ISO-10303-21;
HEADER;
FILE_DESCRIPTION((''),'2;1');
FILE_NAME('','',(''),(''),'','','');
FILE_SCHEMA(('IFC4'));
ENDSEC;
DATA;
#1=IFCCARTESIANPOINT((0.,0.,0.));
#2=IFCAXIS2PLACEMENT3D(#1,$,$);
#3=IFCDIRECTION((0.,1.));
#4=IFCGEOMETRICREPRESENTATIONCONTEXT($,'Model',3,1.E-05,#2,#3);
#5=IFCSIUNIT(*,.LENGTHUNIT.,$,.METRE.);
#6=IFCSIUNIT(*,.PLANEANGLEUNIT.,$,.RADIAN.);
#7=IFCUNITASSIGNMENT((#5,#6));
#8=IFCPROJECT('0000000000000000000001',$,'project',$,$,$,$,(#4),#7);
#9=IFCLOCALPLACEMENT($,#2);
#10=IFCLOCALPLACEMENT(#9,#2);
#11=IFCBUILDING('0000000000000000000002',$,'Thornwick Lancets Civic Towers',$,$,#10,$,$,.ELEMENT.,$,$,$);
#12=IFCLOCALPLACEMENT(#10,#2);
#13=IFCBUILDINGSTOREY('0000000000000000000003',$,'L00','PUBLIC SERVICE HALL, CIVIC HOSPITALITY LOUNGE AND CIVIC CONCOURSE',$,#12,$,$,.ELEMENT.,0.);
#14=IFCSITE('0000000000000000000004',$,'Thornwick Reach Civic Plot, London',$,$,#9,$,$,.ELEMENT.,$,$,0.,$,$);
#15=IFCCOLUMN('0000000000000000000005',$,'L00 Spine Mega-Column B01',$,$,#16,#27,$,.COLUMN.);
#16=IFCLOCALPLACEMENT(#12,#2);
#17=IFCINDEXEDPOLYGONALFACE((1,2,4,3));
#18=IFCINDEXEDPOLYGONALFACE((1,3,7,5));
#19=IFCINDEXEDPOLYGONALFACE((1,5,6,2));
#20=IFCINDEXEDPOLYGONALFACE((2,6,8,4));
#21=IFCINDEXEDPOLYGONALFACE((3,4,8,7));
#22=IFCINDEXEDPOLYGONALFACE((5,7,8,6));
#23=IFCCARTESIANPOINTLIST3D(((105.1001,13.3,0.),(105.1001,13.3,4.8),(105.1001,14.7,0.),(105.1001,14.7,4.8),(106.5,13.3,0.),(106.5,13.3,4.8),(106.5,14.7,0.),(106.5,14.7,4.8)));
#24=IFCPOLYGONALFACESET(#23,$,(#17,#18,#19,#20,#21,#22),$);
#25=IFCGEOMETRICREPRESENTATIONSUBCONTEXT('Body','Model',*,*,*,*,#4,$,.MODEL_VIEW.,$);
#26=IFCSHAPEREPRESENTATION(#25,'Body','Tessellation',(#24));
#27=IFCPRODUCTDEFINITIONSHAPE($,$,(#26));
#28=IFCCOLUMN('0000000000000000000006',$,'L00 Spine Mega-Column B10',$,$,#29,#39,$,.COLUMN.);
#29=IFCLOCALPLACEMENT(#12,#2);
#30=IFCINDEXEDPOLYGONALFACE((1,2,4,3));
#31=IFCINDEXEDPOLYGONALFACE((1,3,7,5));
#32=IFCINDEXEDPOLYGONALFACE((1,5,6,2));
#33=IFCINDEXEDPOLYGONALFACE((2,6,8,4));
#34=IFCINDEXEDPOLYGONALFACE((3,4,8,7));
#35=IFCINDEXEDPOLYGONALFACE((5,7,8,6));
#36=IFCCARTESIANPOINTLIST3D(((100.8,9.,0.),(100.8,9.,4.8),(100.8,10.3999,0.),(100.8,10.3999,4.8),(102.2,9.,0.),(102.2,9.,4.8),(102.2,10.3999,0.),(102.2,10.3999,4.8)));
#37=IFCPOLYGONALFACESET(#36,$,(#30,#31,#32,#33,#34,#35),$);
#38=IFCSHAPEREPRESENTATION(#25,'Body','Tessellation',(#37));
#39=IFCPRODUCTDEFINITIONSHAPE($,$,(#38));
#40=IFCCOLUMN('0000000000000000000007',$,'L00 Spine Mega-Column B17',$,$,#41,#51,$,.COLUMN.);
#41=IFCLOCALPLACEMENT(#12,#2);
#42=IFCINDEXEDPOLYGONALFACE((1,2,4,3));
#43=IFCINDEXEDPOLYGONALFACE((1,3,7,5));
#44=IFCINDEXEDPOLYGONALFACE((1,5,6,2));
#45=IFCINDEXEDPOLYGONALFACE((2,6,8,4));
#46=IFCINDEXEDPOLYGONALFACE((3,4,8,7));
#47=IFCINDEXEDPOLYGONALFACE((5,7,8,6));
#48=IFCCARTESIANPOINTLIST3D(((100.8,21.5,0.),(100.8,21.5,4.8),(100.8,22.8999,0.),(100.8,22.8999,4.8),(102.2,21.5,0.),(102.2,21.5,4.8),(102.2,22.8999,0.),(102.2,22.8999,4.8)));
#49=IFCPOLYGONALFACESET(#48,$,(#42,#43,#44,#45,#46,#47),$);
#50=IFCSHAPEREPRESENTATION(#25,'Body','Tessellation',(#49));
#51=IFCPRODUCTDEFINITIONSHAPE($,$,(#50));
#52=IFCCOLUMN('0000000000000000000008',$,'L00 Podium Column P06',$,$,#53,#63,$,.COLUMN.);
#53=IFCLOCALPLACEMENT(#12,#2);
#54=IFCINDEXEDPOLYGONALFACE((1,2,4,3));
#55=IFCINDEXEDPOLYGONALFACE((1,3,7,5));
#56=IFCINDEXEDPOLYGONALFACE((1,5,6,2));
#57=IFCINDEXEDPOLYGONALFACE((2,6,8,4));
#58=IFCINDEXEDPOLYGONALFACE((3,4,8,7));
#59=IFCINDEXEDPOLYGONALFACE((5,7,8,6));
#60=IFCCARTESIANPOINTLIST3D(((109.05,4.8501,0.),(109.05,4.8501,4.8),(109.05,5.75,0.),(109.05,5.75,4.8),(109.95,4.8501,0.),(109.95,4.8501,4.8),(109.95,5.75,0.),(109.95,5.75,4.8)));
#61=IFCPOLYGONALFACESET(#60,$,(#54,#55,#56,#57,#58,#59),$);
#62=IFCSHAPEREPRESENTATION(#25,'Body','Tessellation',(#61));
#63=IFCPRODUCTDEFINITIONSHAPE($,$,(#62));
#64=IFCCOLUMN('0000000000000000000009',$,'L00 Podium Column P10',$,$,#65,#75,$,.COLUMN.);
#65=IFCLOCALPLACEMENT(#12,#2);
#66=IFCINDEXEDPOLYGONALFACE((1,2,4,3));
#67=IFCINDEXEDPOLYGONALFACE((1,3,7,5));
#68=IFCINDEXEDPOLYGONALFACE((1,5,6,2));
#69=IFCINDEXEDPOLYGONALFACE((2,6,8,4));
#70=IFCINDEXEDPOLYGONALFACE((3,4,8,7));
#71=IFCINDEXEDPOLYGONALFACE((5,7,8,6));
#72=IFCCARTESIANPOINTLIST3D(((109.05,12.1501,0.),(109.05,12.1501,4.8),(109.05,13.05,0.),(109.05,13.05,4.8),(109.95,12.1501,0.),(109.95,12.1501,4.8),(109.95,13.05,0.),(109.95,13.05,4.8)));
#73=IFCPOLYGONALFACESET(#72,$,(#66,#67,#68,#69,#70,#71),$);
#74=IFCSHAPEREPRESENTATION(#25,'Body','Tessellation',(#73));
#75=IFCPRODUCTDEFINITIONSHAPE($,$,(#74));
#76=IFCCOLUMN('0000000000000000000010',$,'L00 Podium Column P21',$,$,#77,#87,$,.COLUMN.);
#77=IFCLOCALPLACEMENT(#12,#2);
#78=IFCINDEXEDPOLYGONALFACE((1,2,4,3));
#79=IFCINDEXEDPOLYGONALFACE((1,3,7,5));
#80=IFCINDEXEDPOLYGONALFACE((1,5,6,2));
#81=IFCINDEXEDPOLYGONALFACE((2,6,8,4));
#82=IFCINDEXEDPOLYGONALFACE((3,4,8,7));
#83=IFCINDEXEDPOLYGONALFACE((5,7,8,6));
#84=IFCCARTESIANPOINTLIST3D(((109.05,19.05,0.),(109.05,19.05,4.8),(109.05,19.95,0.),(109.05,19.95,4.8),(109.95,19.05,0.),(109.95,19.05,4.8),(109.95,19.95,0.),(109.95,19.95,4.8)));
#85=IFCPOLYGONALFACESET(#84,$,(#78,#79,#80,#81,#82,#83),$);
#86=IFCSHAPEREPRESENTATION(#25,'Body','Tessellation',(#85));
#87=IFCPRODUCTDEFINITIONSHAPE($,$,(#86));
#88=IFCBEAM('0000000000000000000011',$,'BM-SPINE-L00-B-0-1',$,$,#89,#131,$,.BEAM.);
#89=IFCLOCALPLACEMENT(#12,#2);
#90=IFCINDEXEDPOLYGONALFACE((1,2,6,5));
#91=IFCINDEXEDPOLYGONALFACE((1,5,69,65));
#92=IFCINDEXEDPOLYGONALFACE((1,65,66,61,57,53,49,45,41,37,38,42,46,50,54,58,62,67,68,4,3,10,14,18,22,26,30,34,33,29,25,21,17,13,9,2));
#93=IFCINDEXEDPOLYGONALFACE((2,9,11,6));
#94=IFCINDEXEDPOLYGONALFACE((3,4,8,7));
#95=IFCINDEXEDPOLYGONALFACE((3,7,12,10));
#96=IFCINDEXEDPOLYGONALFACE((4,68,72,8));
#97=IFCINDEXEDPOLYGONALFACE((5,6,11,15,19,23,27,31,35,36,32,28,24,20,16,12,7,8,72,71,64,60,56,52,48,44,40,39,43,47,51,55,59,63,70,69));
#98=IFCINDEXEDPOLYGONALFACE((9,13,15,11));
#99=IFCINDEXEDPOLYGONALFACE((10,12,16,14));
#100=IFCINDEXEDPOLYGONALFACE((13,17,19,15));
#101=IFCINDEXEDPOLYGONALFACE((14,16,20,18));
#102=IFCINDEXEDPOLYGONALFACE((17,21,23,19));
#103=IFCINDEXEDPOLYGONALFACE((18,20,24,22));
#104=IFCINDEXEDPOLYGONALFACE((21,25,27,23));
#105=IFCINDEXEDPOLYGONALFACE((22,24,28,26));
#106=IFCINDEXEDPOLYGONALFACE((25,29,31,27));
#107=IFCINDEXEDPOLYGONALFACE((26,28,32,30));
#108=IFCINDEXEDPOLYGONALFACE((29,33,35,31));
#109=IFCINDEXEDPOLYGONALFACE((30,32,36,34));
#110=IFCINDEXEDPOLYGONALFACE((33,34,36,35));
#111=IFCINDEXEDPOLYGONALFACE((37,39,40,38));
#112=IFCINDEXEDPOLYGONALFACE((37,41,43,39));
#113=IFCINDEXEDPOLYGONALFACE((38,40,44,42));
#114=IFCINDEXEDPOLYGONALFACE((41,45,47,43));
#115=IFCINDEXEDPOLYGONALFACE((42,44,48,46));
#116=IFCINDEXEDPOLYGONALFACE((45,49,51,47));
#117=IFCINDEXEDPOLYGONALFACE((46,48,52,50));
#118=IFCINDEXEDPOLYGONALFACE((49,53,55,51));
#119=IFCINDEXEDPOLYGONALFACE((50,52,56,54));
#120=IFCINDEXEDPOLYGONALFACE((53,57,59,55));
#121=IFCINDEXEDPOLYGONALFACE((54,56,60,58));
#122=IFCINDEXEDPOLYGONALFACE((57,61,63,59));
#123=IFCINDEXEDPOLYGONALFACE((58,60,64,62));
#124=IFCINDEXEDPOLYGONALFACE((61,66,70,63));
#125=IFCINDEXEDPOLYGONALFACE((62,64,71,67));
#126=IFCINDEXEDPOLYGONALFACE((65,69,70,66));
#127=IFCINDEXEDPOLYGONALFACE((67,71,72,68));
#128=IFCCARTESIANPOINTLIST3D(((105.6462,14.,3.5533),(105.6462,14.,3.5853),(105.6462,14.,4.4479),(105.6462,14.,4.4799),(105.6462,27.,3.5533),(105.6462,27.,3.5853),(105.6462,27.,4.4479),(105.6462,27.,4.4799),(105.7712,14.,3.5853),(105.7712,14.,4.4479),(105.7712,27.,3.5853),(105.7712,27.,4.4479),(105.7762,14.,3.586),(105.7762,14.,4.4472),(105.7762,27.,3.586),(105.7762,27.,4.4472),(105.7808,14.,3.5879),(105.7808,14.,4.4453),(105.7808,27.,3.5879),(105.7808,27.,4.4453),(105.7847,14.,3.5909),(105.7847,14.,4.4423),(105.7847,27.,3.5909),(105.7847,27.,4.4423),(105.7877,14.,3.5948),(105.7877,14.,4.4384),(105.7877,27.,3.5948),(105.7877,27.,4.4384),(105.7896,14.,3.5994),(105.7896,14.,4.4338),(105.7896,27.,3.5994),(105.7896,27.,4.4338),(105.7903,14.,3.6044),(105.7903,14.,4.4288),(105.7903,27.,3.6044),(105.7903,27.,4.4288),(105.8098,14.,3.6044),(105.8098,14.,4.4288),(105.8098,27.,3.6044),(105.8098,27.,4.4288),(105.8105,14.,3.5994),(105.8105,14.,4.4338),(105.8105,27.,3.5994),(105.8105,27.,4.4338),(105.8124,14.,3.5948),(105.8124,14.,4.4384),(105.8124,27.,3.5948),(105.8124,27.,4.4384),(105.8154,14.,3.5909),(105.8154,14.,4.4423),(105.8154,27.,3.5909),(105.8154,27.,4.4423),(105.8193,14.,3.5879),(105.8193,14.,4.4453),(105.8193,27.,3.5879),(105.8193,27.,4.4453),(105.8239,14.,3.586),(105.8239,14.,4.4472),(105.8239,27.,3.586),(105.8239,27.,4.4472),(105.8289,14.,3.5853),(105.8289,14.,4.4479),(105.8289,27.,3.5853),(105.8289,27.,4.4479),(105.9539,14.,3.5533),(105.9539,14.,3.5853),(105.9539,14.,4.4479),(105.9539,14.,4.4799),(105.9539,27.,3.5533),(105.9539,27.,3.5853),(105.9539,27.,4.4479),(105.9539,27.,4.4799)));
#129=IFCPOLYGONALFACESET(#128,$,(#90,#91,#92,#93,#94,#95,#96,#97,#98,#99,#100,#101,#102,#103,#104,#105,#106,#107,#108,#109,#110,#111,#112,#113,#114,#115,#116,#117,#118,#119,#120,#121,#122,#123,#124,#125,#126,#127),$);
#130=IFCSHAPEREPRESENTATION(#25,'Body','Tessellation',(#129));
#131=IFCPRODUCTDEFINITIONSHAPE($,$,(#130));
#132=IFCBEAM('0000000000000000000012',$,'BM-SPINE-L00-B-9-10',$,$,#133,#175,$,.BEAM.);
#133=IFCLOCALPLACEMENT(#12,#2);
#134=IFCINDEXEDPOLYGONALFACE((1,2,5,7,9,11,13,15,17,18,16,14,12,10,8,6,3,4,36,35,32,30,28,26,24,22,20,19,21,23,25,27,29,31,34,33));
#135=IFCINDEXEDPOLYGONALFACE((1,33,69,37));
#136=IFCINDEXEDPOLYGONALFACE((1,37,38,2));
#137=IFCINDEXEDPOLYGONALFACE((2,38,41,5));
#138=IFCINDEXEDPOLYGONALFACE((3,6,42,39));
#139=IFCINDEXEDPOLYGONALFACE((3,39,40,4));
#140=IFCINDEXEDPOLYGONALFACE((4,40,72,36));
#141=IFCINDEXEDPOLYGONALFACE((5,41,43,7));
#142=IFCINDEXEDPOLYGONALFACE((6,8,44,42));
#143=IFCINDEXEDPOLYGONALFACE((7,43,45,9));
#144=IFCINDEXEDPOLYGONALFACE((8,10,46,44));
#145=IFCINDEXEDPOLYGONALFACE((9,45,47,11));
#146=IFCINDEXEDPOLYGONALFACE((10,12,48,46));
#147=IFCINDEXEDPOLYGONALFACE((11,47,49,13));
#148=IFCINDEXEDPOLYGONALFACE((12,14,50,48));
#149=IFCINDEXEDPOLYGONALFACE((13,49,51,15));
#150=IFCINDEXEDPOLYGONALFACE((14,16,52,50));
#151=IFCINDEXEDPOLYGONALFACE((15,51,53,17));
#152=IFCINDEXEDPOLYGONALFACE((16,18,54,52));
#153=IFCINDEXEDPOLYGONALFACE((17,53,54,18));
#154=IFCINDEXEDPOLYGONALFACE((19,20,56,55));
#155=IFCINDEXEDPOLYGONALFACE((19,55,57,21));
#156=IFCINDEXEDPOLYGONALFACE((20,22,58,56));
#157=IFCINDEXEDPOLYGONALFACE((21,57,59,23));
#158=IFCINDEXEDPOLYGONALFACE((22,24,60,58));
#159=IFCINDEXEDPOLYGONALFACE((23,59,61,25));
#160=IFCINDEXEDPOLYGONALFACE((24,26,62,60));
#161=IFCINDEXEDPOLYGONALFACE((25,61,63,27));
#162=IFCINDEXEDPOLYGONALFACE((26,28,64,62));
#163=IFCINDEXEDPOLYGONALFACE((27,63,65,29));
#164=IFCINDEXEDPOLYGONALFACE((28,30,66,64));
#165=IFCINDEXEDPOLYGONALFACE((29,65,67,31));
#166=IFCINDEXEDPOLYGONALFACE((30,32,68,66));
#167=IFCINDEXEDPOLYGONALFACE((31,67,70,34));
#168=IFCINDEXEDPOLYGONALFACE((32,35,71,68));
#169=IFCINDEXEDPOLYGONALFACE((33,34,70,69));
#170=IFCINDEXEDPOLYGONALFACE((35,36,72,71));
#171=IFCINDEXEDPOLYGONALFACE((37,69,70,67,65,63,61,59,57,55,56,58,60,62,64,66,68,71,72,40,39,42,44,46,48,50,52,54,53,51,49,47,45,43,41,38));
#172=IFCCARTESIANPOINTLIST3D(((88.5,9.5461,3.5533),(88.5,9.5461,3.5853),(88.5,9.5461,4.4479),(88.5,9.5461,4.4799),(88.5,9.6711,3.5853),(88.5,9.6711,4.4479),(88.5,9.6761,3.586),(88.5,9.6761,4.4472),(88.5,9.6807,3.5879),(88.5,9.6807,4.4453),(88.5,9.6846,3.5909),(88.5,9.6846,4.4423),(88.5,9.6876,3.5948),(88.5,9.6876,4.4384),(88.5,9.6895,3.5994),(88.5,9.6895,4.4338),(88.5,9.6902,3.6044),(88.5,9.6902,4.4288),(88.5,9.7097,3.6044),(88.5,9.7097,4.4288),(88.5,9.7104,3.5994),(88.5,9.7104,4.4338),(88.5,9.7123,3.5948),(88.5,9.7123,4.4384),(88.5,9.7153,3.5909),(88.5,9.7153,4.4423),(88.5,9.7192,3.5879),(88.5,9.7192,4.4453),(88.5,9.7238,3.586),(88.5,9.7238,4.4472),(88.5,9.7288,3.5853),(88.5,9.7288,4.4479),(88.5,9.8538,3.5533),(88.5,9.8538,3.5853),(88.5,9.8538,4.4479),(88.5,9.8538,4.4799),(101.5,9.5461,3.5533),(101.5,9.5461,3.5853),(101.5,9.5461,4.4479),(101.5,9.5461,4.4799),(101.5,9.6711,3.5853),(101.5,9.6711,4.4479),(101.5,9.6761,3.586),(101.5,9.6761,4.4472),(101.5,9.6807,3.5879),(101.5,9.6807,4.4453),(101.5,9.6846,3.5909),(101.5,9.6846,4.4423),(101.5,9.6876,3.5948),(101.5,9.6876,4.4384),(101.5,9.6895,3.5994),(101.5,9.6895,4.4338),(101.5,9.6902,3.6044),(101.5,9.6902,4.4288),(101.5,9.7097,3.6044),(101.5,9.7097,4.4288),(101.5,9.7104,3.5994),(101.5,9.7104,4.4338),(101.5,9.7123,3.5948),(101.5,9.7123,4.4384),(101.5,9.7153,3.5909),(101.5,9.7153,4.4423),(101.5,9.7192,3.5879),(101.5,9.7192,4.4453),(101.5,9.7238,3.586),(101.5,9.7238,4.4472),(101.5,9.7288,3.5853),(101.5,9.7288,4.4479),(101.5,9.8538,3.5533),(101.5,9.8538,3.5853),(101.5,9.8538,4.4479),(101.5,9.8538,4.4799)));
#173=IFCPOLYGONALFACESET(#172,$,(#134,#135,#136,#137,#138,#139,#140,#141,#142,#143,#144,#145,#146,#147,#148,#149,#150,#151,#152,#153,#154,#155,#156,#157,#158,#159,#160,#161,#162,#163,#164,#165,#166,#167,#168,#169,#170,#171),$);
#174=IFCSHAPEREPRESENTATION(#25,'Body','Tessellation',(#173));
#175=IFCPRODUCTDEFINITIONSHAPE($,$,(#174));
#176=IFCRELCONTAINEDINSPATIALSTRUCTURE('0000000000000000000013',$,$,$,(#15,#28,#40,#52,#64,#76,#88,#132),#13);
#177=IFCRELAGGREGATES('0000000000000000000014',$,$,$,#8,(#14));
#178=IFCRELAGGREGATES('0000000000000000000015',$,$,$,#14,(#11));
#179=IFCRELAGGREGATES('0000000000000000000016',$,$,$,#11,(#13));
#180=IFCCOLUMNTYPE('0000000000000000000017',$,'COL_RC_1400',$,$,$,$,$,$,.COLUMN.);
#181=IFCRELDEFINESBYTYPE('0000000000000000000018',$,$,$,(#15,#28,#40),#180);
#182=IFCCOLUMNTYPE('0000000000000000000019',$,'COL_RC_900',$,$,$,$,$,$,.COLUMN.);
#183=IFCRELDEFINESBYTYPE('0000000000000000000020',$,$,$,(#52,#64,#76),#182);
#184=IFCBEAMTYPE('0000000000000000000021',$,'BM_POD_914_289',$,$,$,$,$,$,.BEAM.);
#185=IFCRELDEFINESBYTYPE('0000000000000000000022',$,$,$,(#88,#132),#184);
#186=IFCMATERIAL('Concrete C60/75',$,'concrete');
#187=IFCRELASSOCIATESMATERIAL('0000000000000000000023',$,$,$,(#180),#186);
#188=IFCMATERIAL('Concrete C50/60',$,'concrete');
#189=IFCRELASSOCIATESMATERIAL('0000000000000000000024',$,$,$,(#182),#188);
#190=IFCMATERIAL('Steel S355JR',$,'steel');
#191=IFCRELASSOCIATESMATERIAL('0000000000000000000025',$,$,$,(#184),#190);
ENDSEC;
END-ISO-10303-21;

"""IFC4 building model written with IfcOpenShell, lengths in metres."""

from ifc_helpers import new_model, si_unit, direction, frame, origin, origin_2d, place, context, subcontext, project, spatial, rectangle, i_section, extrude, material, material_profile, profile_set, type_object, element, save


model = new_model("IFC4")

# Units and contexts
model_context = context("Model", 3, precision=1e-05, world=origin(), true_north=direction((0.0, 1.0)))
body_context = subcontext(model_context, "Body", "Model", "MODEL_VIEW")
ifc_project = project(units=[si_unit("LENGTHUNIT", "METRE"), si_unit("PLANEANGLEUNIT", "RADIAN")], contexts=[model_context])

# Site, building, storey
site_placement = place(None, origin())
site = spatial("IfcSite", under=ifc_project, at=site_placement, Name="Thornwick Reach Civic Plot, London", CompositionType="ELEMENT", RefElevation=0.0)
building_placement = place(site_placement, origin())
building = spatial("IfcBuilding", under=site, at=building_placement, Name="Thornwick Lancets Civic Towers", CompositionType="ELEMENT")
storey_placement = place(building_placement, origin())
storey = spatial("IfcBuildingStorey", under=building, at=storey_placement, Name="L00", Description="PUBLIC SERVICE HALL, CIVIC HOSPITALITY LOUNGE AND CIVIC CONCOURSE", CompositionType="ELEMENT", Elevation=0.0)

# Columns
ifc_material_1 = material(Name="Concrete C60/75", Category="concrete")
ifc_material_profile_1 = material_profile(ifc_material_1, rectangle(XDim=1.3999, YDim=1.3999, at=origin_2d()), Name="RC 1400x1400")
ifc_profile_set_1 = profile_set([ifc_material_profile_1], Name="Concrete C60/75")
column_type_1 = type_object("IfcColumnType", Name="COL_RC_1400", PredefinedType="COLUMN", material=ifc_profile_set_1)
for number, where, z_axis, x_axis, name in (
    (1, (105.8, 14.0, 0.0), (0.0, 0.0, 1.0), (1.0, 0.0, 0.0), "L00 Spine Mega-Column B01"),
    (2, (101.5, 9.7, 0.0), (0.0, 0.0, 1.0), (1.0, 0.0, 0.0), "L00 Spine Mega-Column B10"),
    (3, (101.5, 22.2, 0.0), (0.0, 0.0, 1.0), (1.0, 0.0, 0.0), "L00 Spine Mega-Column B17"),
):
    element("IfcColumn", number, at=place(storey_placement, frame(where, z_axis=z_axis, x_axis=x_axis)), inside=storey, type_object=column_type_1, Name=name, PredefinedType="COLUMN", context=body_context, shape_type="SweptSolid", body=[
        extrude(rectangle(XDim=1.3999, YDim=1.3999, at=origin_2d()), origin(), (0.0, 0.0, 1.0), 4.8),
    ])
ifc_material_2 = material(Name="Concrete C50/60", Category="concrete")
ifc_material_profile_2 = material_profile(ifc_material_2, rectangle(XDim=0.8999, YDim=0.8999, at=origin_2d()), Name="RC 900x900")
ifc_profile_set_2 = profile_set([ifc_material_profile_2], Name="Concrete C50/60")
column_type_2 = type_object("IfcColumnType", Name="COL_RC_900", PredefinedType="COLUMN", material=ifc_profile_set_2)
for number, where, z_axis, x_axis, name in (
    (4, (109.5, 5.3, 0.0), (0.0, 0.0, 1.0), (1.0, 0.0, 0.0), "L00 Podium Column P06"),
    (5, (109.5, 12.6001, 0.0), (0.0, 0.0, 1.0), (1.0, 0.0, 0.0), "L00 Podium Column P10"),
    (6, (109.5, 19.5, 0.0), (0.0, 0.0, 1.0), (1.0, 0.0, 0.0), "L00 Podium Column P21"),
):
    element("IfcColumn", number, at=place(storey_placement, frame(where, z_axis=z_axis, x_axis=x_axis)), inside=storey, type_object=column_type_2, Name=name, PredefinedType="COLUMN", context=body_context, shape_type="SweptSolid", body=[
        extrude(rectangle(XDim=0.8999, YDim=0.8999, at=origin_2d()), origin(), (0.0, 0.0, 1.0), 4.8),
    ])

# Beams
ifc_material_3 = material(Name="Steel S355JR", Category="steel")
ifc_material_profile_3 = material_profile(ifc_material_3, i_section(OverallWidth=0.3076, OverallDepth=0.9265, WebThickness=0.0195, FlangeThickness=0.032, FilletRadius=0.019, at=origin_2d()), Name="UKB 914x305x289")
ifc_profile_set_3 = profile_set([ifc_material_profile_3], Name="Steel S355JR")
beam_type_1 = type_object("IfcBeamType", Name="BM_POD_914_289", PredefinedType="BEAM", material=ifc_profile_set_3)
for number, where, z_axis, x_axis, name in (
    (7, (105.8, 14.0, 4.0166), (0.0, 1.0, 0.0), (-1.0, 0.0, 0.0), "BM-SPINE-L00-B-0-1"),
    (8, (101.5, 9.7, 4.0166), (-1.0, 0.0, 0.0), (0.0, -1.0, 0.0), "BM-SPINE-L00-B-9-10"),
):
    element("IfcBeam", number, at=place(storey_placement, frame(where, z_axis=z_axis, x_axis=x_axis)), inside=storey, type_object=beam_type_1, Name=name, PredefinedType="BEAM", context=body_context, shape_type="SweptSolid", body=[
        extrude(i_section(OverallWidth=0.3076, OverallDepth=0.9265, WebThickness=0.0195, FlangeThickness=0.032, FilletRadius=0.019, at=origin_2d()), origin(), (0.0, 0.0, 1.0), 13.0),
    ])

save(model, "model.ifc")
